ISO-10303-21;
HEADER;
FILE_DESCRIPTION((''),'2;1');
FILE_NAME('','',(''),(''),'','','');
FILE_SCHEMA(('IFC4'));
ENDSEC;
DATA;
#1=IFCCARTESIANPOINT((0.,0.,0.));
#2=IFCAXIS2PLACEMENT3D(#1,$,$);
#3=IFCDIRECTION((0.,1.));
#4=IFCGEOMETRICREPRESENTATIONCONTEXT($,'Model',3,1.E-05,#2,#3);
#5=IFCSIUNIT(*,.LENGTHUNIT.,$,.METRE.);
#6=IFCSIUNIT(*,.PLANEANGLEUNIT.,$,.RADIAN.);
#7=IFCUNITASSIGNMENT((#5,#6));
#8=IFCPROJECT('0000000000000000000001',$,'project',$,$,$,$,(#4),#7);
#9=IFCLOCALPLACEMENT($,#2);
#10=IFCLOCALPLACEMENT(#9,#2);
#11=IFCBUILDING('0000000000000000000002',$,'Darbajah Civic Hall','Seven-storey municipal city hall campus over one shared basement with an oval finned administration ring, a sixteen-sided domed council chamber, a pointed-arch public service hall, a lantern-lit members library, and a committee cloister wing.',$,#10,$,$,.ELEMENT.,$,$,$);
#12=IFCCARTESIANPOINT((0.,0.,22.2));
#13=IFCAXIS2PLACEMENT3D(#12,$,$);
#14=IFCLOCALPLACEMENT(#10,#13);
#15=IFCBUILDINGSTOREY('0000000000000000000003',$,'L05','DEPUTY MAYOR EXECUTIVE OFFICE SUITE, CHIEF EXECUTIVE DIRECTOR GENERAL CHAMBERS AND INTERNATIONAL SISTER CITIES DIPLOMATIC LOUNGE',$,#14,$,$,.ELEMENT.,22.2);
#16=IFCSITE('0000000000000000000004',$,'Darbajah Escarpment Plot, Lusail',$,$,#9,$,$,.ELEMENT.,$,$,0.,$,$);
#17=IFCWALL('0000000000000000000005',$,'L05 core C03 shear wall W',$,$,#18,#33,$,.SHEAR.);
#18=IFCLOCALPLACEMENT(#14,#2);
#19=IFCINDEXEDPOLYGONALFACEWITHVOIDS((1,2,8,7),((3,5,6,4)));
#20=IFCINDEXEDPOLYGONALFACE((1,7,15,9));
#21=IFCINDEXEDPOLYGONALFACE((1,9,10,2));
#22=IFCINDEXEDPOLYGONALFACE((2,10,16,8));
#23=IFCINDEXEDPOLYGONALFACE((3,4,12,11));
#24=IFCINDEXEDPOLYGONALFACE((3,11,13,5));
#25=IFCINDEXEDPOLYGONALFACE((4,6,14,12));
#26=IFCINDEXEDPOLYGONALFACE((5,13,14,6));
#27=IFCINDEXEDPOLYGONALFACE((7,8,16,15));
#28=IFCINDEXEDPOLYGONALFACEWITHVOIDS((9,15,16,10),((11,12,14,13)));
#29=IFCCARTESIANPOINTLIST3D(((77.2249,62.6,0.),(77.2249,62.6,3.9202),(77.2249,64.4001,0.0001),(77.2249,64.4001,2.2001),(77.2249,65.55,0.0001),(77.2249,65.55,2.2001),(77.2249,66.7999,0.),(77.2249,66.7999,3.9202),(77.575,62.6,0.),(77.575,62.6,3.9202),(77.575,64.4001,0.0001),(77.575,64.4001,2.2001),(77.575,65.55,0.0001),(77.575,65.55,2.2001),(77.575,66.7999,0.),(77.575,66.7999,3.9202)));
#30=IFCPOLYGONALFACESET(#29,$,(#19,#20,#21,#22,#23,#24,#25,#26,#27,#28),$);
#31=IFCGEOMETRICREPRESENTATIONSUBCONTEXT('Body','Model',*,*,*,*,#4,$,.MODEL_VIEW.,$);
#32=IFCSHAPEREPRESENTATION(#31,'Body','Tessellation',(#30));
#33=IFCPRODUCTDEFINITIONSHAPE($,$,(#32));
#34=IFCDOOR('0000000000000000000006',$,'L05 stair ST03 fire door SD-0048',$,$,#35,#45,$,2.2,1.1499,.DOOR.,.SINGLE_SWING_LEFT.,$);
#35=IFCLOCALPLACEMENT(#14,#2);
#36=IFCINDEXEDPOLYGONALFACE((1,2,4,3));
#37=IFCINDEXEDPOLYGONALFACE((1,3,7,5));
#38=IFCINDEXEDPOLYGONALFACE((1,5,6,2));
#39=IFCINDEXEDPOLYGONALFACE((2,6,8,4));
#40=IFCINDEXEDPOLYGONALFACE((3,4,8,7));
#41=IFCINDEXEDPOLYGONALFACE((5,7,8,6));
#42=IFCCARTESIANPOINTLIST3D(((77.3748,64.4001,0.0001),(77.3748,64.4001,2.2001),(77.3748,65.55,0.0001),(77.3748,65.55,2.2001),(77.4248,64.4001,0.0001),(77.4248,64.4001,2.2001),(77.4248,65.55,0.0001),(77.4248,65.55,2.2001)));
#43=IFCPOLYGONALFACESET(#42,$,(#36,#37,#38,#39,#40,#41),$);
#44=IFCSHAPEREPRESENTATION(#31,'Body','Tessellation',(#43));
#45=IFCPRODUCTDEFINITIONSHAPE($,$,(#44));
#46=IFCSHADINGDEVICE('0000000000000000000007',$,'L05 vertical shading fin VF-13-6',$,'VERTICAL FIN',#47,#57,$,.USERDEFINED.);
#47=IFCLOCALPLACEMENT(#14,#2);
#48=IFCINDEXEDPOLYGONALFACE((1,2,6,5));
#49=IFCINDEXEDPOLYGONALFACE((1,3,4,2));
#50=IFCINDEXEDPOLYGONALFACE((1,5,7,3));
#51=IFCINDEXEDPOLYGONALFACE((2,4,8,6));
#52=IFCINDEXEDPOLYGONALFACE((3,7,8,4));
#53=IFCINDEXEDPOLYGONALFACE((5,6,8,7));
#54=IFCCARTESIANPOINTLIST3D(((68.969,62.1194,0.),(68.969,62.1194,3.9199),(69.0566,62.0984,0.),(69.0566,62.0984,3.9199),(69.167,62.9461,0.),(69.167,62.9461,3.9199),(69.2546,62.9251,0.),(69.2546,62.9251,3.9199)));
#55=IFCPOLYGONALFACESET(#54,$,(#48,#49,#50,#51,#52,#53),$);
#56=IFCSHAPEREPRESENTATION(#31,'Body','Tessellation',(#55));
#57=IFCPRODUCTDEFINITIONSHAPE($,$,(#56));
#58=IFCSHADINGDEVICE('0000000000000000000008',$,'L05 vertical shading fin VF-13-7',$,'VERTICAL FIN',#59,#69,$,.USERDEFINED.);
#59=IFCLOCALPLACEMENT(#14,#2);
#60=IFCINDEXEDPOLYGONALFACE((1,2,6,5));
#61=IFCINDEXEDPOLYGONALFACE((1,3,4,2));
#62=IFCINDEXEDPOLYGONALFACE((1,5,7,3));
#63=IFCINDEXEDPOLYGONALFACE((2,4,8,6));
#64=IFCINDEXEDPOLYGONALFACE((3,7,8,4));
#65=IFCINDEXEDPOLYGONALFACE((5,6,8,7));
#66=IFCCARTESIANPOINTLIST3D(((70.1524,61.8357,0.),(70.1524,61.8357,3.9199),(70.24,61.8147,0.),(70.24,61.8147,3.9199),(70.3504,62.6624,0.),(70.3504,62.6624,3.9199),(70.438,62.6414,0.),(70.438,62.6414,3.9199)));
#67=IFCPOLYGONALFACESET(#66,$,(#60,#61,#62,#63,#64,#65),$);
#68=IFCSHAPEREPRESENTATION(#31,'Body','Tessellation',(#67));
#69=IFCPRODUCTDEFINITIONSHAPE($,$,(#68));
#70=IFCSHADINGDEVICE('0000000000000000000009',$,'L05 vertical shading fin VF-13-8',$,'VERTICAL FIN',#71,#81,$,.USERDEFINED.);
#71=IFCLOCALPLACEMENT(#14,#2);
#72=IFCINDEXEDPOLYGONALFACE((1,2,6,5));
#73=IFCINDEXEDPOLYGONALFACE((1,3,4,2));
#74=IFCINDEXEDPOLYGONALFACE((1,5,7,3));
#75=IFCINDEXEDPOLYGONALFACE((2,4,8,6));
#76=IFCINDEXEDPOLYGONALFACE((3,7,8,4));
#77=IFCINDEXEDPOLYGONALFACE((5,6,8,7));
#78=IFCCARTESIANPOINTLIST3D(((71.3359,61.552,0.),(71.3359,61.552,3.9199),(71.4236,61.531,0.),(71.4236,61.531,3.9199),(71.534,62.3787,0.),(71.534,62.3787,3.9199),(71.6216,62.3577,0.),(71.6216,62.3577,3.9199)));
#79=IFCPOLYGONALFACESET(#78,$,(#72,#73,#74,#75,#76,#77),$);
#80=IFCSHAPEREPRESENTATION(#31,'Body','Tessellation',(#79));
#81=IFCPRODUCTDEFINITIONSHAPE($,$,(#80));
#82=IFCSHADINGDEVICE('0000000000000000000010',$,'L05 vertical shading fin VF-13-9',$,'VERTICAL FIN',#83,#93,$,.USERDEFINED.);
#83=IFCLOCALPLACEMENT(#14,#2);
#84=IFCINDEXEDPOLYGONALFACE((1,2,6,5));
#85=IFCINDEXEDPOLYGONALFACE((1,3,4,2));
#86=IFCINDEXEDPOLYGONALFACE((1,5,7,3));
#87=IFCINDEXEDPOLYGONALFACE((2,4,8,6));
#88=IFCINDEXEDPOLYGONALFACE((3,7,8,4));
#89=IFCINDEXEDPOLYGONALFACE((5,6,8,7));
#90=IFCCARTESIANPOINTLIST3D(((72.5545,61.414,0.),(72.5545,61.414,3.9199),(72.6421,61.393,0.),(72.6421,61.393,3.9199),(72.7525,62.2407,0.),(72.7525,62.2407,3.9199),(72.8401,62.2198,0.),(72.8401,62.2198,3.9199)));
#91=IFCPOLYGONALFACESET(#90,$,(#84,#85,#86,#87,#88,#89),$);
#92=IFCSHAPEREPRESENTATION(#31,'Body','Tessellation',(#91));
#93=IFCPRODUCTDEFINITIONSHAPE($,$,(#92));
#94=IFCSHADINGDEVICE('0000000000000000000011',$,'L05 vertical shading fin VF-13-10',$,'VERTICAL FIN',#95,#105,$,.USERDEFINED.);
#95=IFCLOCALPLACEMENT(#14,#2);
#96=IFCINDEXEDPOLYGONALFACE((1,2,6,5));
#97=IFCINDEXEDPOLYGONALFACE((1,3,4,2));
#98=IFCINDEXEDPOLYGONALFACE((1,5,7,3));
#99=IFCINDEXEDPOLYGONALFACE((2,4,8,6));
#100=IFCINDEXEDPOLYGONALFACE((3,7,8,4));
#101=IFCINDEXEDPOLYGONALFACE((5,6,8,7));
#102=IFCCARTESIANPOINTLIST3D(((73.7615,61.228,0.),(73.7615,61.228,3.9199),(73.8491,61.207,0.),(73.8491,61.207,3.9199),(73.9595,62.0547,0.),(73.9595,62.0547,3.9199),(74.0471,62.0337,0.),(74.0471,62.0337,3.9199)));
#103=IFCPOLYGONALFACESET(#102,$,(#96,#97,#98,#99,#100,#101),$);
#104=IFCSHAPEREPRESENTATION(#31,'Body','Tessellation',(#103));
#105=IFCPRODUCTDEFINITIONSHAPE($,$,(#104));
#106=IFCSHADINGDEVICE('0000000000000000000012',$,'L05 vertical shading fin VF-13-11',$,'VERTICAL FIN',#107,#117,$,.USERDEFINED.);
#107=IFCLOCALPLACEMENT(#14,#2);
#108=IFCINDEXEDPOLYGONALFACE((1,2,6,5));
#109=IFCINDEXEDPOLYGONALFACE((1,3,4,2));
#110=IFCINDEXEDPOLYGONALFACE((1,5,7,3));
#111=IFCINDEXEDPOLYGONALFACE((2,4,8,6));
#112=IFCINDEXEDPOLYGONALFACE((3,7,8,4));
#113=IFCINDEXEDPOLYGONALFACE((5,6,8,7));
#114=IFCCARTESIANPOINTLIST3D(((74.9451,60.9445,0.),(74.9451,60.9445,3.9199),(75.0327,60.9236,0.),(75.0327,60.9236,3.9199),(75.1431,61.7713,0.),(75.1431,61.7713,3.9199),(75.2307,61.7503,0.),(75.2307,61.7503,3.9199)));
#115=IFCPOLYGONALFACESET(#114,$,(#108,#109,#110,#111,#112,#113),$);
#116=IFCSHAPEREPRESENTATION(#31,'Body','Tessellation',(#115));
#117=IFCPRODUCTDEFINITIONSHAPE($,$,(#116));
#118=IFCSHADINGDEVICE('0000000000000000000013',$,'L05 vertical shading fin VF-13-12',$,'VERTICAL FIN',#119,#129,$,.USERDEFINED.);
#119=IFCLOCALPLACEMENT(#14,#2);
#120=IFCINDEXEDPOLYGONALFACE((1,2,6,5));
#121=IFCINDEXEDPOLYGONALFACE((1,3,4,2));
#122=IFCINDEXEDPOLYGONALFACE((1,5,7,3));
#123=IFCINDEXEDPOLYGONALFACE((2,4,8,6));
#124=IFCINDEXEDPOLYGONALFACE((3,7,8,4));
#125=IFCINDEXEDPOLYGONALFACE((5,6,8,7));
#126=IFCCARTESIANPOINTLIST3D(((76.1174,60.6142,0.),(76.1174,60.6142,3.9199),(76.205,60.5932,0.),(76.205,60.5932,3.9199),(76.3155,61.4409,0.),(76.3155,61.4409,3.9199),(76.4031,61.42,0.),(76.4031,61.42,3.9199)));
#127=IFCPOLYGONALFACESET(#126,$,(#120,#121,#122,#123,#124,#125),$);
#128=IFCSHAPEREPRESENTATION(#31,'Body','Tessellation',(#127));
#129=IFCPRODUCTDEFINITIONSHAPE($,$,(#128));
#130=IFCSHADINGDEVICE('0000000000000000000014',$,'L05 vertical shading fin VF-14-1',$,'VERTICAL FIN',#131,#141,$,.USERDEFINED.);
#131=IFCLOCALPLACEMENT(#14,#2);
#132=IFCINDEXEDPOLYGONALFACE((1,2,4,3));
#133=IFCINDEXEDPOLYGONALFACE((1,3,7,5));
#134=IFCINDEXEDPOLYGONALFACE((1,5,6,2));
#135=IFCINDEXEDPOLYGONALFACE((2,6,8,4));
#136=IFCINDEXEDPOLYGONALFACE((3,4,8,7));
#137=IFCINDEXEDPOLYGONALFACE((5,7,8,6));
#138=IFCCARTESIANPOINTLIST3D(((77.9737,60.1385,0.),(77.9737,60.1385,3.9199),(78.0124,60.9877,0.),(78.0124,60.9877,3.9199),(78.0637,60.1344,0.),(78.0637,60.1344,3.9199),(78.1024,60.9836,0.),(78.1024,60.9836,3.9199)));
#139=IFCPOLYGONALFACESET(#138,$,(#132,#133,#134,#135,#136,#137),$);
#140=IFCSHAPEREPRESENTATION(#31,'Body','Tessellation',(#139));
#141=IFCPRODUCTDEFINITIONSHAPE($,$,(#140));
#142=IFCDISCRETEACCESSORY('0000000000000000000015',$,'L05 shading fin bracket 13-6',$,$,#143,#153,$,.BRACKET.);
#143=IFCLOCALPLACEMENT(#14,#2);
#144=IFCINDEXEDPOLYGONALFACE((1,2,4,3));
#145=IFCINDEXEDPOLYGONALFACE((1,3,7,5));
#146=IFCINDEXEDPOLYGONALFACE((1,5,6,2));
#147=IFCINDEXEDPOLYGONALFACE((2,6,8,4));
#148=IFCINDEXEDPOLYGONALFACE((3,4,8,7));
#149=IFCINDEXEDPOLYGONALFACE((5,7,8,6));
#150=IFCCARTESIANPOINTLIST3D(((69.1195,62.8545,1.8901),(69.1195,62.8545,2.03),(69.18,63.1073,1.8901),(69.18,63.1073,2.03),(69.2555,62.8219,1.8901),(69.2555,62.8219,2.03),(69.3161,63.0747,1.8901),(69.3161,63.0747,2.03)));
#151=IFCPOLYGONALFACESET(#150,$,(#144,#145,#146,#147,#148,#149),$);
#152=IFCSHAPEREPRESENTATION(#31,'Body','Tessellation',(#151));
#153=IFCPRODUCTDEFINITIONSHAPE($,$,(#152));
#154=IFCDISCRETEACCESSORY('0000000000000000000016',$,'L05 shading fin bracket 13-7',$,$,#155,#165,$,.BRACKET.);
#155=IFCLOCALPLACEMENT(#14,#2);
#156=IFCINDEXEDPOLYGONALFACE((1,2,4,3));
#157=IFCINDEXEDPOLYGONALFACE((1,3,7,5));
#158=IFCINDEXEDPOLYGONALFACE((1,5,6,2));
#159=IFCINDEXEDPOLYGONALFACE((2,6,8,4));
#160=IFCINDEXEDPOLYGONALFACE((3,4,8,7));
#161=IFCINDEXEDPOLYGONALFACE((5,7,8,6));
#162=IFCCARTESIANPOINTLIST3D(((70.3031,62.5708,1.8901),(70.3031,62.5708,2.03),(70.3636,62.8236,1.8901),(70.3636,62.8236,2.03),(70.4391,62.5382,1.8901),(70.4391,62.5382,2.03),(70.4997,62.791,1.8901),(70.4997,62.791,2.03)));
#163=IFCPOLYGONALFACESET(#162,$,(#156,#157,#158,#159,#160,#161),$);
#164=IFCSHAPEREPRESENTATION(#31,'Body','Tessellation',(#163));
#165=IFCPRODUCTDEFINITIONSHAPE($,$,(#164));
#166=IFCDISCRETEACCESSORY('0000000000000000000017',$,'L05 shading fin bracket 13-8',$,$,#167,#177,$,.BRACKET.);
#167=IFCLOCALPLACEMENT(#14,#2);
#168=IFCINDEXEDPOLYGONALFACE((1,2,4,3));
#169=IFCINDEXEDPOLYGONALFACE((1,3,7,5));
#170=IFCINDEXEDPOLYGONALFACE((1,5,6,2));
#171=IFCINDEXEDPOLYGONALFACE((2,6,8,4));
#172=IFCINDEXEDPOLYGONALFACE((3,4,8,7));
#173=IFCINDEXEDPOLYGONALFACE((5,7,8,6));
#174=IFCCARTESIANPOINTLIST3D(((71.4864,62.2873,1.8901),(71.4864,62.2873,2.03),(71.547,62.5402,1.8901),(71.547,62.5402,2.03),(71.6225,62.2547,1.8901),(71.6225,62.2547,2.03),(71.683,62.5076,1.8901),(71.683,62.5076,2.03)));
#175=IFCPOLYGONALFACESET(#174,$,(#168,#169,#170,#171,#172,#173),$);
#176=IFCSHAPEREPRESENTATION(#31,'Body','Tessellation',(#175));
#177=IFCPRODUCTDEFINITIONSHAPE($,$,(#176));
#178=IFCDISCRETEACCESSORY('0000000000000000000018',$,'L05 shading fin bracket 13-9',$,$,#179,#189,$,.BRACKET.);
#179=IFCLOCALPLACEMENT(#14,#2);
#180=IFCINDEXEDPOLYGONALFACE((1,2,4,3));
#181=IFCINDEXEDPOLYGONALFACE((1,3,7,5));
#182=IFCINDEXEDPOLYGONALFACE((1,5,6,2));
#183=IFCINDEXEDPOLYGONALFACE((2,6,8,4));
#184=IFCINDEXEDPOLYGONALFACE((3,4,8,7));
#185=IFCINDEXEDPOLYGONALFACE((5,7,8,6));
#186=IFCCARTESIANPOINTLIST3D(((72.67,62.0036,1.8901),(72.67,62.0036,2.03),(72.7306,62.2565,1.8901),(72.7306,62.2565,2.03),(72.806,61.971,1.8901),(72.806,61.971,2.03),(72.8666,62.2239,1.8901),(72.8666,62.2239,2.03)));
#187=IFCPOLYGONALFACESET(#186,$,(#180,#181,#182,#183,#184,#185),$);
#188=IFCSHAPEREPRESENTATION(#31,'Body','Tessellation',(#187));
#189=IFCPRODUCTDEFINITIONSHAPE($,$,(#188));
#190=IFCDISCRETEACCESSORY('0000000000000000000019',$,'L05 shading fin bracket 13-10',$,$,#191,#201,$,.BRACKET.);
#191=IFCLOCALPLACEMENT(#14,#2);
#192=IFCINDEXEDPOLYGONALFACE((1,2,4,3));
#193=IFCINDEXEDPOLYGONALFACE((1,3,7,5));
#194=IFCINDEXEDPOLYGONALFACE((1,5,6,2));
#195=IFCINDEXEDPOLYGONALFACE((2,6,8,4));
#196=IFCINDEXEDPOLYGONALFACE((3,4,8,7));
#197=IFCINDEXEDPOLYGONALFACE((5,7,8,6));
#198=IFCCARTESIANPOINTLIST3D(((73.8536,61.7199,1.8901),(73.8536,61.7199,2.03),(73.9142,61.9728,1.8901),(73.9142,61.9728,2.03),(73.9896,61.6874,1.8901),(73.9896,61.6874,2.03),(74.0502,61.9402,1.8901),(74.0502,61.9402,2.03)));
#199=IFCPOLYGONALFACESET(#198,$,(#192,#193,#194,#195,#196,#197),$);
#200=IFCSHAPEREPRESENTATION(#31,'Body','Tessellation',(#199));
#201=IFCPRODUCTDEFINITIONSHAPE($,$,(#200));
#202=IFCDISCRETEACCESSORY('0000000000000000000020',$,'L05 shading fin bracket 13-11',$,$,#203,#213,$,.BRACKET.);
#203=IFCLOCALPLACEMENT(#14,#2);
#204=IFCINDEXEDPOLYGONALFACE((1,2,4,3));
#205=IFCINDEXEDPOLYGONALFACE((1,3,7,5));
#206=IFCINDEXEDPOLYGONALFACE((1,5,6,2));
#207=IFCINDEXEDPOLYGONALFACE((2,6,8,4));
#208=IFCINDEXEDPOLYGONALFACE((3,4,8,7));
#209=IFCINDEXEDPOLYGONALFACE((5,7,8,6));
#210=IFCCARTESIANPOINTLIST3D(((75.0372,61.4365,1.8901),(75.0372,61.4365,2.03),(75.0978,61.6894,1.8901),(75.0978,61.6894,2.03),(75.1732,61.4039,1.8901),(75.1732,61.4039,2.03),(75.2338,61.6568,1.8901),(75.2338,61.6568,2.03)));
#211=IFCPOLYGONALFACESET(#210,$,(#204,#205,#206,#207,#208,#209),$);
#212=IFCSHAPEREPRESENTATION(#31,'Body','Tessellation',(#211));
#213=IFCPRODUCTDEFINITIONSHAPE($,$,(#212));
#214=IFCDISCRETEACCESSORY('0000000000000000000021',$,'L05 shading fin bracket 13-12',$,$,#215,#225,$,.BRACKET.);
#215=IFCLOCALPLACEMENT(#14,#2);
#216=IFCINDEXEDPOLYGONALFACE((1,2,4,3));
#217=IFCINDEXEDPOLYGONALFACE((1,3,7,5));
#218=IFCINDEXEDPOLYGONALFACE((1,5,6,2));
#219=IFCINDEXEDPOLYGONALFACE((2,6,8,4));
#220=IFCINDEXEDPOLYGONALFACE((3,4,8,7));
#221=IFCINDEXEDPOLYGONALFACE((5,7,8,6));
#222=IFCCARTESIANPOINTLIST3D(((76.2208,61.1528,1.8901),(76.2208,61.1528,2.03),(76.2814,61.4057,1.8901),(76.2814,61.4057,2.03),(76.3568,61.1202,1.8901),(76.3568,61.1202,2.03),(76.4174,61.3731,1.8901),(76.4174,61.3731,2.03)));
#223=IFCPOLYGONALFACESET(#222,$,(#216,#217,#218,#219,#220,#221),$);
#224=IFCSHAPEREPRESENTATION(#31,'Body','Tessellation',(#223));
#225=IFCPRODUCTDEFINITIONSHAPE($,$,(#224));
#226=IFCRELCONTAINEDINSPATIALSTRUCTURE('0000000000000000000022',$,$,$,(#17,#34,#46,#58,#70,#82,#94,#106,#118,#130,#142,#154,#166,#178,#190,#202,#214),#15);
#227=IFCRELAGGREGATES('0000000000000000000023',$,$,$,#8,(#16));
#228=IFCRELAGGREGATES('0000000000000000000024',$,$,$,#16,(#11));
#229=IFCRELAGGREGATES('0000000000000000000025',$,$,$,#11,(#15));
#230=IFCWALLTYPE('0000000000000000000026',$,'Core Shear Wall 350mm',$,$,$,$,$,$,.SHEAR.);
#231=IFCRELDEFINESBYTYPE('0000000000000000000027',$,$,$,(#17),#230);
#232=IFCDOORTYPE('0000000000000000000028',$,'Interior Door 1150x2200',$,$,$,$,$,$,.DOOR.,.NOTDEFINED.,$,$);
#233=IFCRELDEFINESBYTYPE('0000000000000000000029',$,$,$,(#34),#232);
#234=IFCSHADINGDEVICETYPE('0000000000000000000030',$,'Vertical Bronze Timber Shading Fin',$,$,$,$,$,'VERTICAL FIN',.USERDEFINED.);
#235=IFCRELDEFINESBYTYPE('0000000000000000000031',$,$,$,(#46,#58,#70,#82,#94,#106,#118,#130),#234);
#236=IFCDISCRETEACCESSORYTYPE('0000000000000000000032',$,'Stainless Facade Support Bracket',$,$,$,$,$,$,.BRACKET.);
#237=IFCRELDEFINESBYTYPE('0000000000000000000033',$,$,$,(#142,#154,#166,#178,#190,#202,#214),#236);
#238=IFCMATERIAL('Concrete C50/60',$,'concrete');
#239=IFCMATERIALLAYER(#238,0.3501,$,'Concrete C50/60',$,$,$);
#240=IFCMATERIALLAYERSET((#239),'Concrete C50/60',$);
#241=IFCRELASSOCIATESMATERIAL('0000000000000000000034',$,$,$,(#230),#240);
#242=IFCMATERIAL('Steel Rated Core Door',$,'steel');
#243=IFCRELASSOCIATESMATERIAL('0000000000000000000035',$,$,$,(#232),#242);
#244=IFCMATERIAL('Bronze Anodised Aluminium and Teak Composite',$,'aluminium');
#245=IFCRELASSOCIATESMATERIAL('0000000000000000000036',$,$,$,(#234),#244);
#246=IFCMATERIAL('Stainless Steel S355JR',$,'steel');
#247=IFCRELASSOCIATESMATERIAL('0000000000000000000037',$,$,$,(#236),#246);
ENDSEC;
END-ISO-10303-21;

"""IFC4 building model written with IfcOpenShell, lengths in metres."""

from ifc_helpers import new_model, si_unit, direction, frame, frame_2d, origin, origin_2d, place, context, subcontext, project, spatial, rectangle, extrude, material, layer, layer_set, type_object, element, fill, save


model = new_model("IFC4")

# Units and contexts
model_context = context("Model", 3, precision=1e-05, world=origin(), true_north=direction((0.0, 1.0)))
body_context = subcontext(model_context, "Body", "Model", "MODEL_VIEW")
ifc_project = project(units=[si_unit("LENGTHUNIT", "METRE"), si_unit("PLANEANGLEUNIT", "RADIAN")], contexts=[model_context])

# Site, building, storey
site_placement = place(None, origin())
site = spatial("IfcSite", under=ifc_project, at=site_placement, Name="Darbajah Escarpment Plot, Lusail", CompositionType="ELEMENT", RefElevation=0.0)
building_placement = place(site_placement, origin())
building = spatial("IfcBuilding", under=site, at=building_placement, Name="Darbajah Civic Hall", Description="Seven-storey municipal city hall campus over one shared basement with an oval finned administration ring, a sixteen-sided domed council chamber, a pointed-arch public service hall, a lantern-lit members library, and a committee cloister wing.", CompositionType="ELEMENT")
storey_placement = place(building_placement, frame((0.0, 0.0, 22.2)))
storey = spatial("IfcBuildingStorey", under=building, at=storey_placement, Name="L05", Description="DEPUTY MAYOR EXECUTIVE OFFICE SUITE, CHIEF EXECUTIVE DIRECTOR GENERAL CHAMBERS AND INTERNATIONAL SISTER CITIES DIPLOMATIC LOUNGE", CompositionType="ELEMENT", Elevation=22.2)

# Shared definitions
ifc_material_1 = material(Name="Concrete C50/60", Category="concrete")
ifc_layer_1 = layer(ifc_material_1, 0.3501, Name="Concrete C50/60")
ifc_layer_set_1 = layer_set([ifc_layer_1], Name="Concrete C50/60")
wall_type = type_object("IfcWallType", Name="Core Shear Wall 350mm", PredefinedType="SHEAR", material=ifc_layer_set_1)

# Wall, opening, door
wall_1_placement = place(storey_placement, frame((77.3999, 66.8, 0.0), z_axis=(0.0, 0.0, 1.0), x_axis=(0.0, -1.0, 0.0)))
wall_1 = element("IfcWall", 1, at=wall_1_placement, inside=storey, type_object=wall_type, Name="L05 core C03 shear wall W", PredefinedType="SHEAR", context=body_context, shape_type="SweptSolid", body=[
    extrude(rectangle(XDim=4.2, YDim=0.3501, at=frame_2d((2.1001, 0.0))), origin(), (0.0, 0.0, 1.0), 3.9202),
])
opening_placement = place(wall_1_placement, frame((1.25, 0.0, 0.0)))
opening = element("IfcOpeningElement", 2, at=opening_placement, cuts=wall_1, PredefinedType="OPENING", context=body_context, shape_type="SweptSolid", body=[
    extrude(rectangle(XDim=1.1499, YDim=2.2, at=frame_2d((0.575, 1.1001))), frame((0.0, 0.1851, 0.0), z_axis=(0.0, -1.0, 0.0), x_axis=(1.0, 0.0, 0.0)), (0.0, 0.0, 1.0), 0.3701),
])
ifc_material_2 = material(Name="Steel Rated Core Door", Category="steel")
door_type = type_object("IfcDoorType", Name="Interior Door 1150x2200", OperationType="NOTDEFINED", PredefinedType="DOOR", material=ifc_material_2)
door_placement = place(opening_placement, origin())
door = element("IfcDoor", 3, at=door_placement, inside=storey, type_object=door_type, Name="L05 stair ST03 fire door SD-0048", OperationType="SINGLE_SWING_LEFT", OverallHeight=2.2, OverallWidth=1.1499, PredefinedType="DOOR", context=body_context, shape_type="SweptSolid", body=[
    extrude(rectangle(XDim=1.1499, YDim=2.2, at=frame_2d((0.575, 1.1001))), frame((0.0, 0.0249, 0.0), z_axis=(0.0, -1.0, 0.0), x_axis=(1.0, 0.0, 0.0)), (0.0, 0.0, 1.0), 0.05),
])
fill(opening, door)

# Shading devices
ifc_material_3 = material(Name="Bronze Anodised Aluminium and Teak Composite", Category="aluminium")
shading_device_type = type_object("IfcShadingDeviceType", Name="Vertical Bronze Timber Shading Fin", ElementType="VERTICAL FIN", PredefinedType="USERDEFINED", material=ifc_material_3)
for number, where, z_axis, x_axis, name in (
    (4, (69.1118, 62.5222, 0.0), (0.0, 0.0, 1.0), (-0.232936, -0.972492, 0.0), "L05 vertical shading fin VF-13-6"),
    (5, (70.2952, 62.2385, 0.0), (0.0, 0.0, 1.0), (-0.232936, -0.972492, 0.0), "L05 vertical shading fin VF-13-7"),
    (6, (71.4788, 61.9548, 0.0), (0.0, 0.0, 1.0), (-0.232936, -0.972492, 0.0), "L05 vertical shading fin VF-13-8"),
    (7, (72.6973, 61.8169, 0.0), (0.0, 0.0, 1.0), (-0.232936, -0.972492, 0.0), "L05 vertical shading fin VF-13-9"),
    (8, (73.9043, 61.6309, 0.0), (0.0, 0.0, 1.0), (-0.232936, -0.972492, 0.0), "L05 vertical shading fin VF-13-10"),
    (9, (75.0879, 61.3474, 0.0), (0.0, 0.0, 1.0), (-0.232936, -0.972492, 0.0), "L05 vertical shading fin VF-13-11"),
    (10, (76.2603, 61.0171, 0.0), (0.0, 0.0, 1.0), (-0.232936, -0.972492, 0.0), "L05 vertical shading fin VF-13-12"),
    (11, (78.0381, 60.561, 0.0), (0.0, 0.0, 1.0), (-0.045537, -0.998963, 0.0), "L05 vertical shading fin VF-14-1"),
):
    element("IfcShadingDevice", number, at=place(storey_placement, frame(where, z_axis=z_axis, x_axis=x_axis)), inside=storey, type_object=shading_device_type, Name=name, ObjectType="VERTICAL FIN", PredefinedType="USERDEFINED", context=body_context, shape_type="SweptSolid", body=[
        extrude(rectangle(XDim=0.8501, YDim=0.0901, at=origin_2d()), origin(), (0.0, 0.0, 1.0), 3.9199),
    ])

# Discrete accessories
ifc_material_4 = material(Name="Stainless Steel S355JR", Category="steel")
discrete_accessory_type = type_object("IfcDiscreteAccessoryType", Name="Stainless Facade Support Bracket", PredefinedType="BRACKET", material=ifc_material_4)
for number, where, z_axis, x_axis, name in (
    (12, (69.2178, 62.9646, 1.8901), (0.0, 0.0, 1.0), (-0.232936, -0.972492, 0.0), "L05 shading fin bracket 13-6"),
    (13, (70.4014, 62.6809, 1.8901), (0.0, 0.0, 1.0), (-0.232936, -0.972492, 0.0), "L05 shading fin bracket 13-7"),
    (14, (71.5847, 62.3975, 1.8901), (0.0, 0.0, 1.0), (-0.232936, -0.972492, 0.0), "L05 shading fin bracket 13-8"),
    (15, (72.7683, 62.1138, 1.8901), (0.0, 0.0, 1.0), (-0.232936, -0.972492, 0.0), "L05 shading fin bracket 13-9"),
    (16, (73.9519, 61.8301, 1.8901), (0.0, 0.0, 1.0), (-0.232936, -0.972492, 0.0), "L05 shading fin bracket 13-10"),
    (17, (75.1355, 61.5466, 1.8901), (0.0, 0.0, 1.0), (-0.232936, -0.972492, 0.0), "L05 shading fin bracket 13-11"),
    (18, (76.3191, 61.2629, 1.8901), (0.0, 0.0, 1.0), (-0.232936, -0.972492, 0.0), "L05 shading fin bracket 13-12"),
):
    element("IfcDiscreteAccessory", number, at=place(storey_placement, frame(where, z_axis=z_axis, x_axis=x_axis)), inside=storey, type_object=discrete_accessory_type, Name=name, PredefinedType="BRACKET", context=body_context, shape_type="SweptSolid", body=[
        extrude(rectangle(XDim=0.26, YDim=0.1399, at=origin_2d()), origin(), (0.0, 0.0, 1.0), 0.1399),
    ])

save(model, "model.ifc")
